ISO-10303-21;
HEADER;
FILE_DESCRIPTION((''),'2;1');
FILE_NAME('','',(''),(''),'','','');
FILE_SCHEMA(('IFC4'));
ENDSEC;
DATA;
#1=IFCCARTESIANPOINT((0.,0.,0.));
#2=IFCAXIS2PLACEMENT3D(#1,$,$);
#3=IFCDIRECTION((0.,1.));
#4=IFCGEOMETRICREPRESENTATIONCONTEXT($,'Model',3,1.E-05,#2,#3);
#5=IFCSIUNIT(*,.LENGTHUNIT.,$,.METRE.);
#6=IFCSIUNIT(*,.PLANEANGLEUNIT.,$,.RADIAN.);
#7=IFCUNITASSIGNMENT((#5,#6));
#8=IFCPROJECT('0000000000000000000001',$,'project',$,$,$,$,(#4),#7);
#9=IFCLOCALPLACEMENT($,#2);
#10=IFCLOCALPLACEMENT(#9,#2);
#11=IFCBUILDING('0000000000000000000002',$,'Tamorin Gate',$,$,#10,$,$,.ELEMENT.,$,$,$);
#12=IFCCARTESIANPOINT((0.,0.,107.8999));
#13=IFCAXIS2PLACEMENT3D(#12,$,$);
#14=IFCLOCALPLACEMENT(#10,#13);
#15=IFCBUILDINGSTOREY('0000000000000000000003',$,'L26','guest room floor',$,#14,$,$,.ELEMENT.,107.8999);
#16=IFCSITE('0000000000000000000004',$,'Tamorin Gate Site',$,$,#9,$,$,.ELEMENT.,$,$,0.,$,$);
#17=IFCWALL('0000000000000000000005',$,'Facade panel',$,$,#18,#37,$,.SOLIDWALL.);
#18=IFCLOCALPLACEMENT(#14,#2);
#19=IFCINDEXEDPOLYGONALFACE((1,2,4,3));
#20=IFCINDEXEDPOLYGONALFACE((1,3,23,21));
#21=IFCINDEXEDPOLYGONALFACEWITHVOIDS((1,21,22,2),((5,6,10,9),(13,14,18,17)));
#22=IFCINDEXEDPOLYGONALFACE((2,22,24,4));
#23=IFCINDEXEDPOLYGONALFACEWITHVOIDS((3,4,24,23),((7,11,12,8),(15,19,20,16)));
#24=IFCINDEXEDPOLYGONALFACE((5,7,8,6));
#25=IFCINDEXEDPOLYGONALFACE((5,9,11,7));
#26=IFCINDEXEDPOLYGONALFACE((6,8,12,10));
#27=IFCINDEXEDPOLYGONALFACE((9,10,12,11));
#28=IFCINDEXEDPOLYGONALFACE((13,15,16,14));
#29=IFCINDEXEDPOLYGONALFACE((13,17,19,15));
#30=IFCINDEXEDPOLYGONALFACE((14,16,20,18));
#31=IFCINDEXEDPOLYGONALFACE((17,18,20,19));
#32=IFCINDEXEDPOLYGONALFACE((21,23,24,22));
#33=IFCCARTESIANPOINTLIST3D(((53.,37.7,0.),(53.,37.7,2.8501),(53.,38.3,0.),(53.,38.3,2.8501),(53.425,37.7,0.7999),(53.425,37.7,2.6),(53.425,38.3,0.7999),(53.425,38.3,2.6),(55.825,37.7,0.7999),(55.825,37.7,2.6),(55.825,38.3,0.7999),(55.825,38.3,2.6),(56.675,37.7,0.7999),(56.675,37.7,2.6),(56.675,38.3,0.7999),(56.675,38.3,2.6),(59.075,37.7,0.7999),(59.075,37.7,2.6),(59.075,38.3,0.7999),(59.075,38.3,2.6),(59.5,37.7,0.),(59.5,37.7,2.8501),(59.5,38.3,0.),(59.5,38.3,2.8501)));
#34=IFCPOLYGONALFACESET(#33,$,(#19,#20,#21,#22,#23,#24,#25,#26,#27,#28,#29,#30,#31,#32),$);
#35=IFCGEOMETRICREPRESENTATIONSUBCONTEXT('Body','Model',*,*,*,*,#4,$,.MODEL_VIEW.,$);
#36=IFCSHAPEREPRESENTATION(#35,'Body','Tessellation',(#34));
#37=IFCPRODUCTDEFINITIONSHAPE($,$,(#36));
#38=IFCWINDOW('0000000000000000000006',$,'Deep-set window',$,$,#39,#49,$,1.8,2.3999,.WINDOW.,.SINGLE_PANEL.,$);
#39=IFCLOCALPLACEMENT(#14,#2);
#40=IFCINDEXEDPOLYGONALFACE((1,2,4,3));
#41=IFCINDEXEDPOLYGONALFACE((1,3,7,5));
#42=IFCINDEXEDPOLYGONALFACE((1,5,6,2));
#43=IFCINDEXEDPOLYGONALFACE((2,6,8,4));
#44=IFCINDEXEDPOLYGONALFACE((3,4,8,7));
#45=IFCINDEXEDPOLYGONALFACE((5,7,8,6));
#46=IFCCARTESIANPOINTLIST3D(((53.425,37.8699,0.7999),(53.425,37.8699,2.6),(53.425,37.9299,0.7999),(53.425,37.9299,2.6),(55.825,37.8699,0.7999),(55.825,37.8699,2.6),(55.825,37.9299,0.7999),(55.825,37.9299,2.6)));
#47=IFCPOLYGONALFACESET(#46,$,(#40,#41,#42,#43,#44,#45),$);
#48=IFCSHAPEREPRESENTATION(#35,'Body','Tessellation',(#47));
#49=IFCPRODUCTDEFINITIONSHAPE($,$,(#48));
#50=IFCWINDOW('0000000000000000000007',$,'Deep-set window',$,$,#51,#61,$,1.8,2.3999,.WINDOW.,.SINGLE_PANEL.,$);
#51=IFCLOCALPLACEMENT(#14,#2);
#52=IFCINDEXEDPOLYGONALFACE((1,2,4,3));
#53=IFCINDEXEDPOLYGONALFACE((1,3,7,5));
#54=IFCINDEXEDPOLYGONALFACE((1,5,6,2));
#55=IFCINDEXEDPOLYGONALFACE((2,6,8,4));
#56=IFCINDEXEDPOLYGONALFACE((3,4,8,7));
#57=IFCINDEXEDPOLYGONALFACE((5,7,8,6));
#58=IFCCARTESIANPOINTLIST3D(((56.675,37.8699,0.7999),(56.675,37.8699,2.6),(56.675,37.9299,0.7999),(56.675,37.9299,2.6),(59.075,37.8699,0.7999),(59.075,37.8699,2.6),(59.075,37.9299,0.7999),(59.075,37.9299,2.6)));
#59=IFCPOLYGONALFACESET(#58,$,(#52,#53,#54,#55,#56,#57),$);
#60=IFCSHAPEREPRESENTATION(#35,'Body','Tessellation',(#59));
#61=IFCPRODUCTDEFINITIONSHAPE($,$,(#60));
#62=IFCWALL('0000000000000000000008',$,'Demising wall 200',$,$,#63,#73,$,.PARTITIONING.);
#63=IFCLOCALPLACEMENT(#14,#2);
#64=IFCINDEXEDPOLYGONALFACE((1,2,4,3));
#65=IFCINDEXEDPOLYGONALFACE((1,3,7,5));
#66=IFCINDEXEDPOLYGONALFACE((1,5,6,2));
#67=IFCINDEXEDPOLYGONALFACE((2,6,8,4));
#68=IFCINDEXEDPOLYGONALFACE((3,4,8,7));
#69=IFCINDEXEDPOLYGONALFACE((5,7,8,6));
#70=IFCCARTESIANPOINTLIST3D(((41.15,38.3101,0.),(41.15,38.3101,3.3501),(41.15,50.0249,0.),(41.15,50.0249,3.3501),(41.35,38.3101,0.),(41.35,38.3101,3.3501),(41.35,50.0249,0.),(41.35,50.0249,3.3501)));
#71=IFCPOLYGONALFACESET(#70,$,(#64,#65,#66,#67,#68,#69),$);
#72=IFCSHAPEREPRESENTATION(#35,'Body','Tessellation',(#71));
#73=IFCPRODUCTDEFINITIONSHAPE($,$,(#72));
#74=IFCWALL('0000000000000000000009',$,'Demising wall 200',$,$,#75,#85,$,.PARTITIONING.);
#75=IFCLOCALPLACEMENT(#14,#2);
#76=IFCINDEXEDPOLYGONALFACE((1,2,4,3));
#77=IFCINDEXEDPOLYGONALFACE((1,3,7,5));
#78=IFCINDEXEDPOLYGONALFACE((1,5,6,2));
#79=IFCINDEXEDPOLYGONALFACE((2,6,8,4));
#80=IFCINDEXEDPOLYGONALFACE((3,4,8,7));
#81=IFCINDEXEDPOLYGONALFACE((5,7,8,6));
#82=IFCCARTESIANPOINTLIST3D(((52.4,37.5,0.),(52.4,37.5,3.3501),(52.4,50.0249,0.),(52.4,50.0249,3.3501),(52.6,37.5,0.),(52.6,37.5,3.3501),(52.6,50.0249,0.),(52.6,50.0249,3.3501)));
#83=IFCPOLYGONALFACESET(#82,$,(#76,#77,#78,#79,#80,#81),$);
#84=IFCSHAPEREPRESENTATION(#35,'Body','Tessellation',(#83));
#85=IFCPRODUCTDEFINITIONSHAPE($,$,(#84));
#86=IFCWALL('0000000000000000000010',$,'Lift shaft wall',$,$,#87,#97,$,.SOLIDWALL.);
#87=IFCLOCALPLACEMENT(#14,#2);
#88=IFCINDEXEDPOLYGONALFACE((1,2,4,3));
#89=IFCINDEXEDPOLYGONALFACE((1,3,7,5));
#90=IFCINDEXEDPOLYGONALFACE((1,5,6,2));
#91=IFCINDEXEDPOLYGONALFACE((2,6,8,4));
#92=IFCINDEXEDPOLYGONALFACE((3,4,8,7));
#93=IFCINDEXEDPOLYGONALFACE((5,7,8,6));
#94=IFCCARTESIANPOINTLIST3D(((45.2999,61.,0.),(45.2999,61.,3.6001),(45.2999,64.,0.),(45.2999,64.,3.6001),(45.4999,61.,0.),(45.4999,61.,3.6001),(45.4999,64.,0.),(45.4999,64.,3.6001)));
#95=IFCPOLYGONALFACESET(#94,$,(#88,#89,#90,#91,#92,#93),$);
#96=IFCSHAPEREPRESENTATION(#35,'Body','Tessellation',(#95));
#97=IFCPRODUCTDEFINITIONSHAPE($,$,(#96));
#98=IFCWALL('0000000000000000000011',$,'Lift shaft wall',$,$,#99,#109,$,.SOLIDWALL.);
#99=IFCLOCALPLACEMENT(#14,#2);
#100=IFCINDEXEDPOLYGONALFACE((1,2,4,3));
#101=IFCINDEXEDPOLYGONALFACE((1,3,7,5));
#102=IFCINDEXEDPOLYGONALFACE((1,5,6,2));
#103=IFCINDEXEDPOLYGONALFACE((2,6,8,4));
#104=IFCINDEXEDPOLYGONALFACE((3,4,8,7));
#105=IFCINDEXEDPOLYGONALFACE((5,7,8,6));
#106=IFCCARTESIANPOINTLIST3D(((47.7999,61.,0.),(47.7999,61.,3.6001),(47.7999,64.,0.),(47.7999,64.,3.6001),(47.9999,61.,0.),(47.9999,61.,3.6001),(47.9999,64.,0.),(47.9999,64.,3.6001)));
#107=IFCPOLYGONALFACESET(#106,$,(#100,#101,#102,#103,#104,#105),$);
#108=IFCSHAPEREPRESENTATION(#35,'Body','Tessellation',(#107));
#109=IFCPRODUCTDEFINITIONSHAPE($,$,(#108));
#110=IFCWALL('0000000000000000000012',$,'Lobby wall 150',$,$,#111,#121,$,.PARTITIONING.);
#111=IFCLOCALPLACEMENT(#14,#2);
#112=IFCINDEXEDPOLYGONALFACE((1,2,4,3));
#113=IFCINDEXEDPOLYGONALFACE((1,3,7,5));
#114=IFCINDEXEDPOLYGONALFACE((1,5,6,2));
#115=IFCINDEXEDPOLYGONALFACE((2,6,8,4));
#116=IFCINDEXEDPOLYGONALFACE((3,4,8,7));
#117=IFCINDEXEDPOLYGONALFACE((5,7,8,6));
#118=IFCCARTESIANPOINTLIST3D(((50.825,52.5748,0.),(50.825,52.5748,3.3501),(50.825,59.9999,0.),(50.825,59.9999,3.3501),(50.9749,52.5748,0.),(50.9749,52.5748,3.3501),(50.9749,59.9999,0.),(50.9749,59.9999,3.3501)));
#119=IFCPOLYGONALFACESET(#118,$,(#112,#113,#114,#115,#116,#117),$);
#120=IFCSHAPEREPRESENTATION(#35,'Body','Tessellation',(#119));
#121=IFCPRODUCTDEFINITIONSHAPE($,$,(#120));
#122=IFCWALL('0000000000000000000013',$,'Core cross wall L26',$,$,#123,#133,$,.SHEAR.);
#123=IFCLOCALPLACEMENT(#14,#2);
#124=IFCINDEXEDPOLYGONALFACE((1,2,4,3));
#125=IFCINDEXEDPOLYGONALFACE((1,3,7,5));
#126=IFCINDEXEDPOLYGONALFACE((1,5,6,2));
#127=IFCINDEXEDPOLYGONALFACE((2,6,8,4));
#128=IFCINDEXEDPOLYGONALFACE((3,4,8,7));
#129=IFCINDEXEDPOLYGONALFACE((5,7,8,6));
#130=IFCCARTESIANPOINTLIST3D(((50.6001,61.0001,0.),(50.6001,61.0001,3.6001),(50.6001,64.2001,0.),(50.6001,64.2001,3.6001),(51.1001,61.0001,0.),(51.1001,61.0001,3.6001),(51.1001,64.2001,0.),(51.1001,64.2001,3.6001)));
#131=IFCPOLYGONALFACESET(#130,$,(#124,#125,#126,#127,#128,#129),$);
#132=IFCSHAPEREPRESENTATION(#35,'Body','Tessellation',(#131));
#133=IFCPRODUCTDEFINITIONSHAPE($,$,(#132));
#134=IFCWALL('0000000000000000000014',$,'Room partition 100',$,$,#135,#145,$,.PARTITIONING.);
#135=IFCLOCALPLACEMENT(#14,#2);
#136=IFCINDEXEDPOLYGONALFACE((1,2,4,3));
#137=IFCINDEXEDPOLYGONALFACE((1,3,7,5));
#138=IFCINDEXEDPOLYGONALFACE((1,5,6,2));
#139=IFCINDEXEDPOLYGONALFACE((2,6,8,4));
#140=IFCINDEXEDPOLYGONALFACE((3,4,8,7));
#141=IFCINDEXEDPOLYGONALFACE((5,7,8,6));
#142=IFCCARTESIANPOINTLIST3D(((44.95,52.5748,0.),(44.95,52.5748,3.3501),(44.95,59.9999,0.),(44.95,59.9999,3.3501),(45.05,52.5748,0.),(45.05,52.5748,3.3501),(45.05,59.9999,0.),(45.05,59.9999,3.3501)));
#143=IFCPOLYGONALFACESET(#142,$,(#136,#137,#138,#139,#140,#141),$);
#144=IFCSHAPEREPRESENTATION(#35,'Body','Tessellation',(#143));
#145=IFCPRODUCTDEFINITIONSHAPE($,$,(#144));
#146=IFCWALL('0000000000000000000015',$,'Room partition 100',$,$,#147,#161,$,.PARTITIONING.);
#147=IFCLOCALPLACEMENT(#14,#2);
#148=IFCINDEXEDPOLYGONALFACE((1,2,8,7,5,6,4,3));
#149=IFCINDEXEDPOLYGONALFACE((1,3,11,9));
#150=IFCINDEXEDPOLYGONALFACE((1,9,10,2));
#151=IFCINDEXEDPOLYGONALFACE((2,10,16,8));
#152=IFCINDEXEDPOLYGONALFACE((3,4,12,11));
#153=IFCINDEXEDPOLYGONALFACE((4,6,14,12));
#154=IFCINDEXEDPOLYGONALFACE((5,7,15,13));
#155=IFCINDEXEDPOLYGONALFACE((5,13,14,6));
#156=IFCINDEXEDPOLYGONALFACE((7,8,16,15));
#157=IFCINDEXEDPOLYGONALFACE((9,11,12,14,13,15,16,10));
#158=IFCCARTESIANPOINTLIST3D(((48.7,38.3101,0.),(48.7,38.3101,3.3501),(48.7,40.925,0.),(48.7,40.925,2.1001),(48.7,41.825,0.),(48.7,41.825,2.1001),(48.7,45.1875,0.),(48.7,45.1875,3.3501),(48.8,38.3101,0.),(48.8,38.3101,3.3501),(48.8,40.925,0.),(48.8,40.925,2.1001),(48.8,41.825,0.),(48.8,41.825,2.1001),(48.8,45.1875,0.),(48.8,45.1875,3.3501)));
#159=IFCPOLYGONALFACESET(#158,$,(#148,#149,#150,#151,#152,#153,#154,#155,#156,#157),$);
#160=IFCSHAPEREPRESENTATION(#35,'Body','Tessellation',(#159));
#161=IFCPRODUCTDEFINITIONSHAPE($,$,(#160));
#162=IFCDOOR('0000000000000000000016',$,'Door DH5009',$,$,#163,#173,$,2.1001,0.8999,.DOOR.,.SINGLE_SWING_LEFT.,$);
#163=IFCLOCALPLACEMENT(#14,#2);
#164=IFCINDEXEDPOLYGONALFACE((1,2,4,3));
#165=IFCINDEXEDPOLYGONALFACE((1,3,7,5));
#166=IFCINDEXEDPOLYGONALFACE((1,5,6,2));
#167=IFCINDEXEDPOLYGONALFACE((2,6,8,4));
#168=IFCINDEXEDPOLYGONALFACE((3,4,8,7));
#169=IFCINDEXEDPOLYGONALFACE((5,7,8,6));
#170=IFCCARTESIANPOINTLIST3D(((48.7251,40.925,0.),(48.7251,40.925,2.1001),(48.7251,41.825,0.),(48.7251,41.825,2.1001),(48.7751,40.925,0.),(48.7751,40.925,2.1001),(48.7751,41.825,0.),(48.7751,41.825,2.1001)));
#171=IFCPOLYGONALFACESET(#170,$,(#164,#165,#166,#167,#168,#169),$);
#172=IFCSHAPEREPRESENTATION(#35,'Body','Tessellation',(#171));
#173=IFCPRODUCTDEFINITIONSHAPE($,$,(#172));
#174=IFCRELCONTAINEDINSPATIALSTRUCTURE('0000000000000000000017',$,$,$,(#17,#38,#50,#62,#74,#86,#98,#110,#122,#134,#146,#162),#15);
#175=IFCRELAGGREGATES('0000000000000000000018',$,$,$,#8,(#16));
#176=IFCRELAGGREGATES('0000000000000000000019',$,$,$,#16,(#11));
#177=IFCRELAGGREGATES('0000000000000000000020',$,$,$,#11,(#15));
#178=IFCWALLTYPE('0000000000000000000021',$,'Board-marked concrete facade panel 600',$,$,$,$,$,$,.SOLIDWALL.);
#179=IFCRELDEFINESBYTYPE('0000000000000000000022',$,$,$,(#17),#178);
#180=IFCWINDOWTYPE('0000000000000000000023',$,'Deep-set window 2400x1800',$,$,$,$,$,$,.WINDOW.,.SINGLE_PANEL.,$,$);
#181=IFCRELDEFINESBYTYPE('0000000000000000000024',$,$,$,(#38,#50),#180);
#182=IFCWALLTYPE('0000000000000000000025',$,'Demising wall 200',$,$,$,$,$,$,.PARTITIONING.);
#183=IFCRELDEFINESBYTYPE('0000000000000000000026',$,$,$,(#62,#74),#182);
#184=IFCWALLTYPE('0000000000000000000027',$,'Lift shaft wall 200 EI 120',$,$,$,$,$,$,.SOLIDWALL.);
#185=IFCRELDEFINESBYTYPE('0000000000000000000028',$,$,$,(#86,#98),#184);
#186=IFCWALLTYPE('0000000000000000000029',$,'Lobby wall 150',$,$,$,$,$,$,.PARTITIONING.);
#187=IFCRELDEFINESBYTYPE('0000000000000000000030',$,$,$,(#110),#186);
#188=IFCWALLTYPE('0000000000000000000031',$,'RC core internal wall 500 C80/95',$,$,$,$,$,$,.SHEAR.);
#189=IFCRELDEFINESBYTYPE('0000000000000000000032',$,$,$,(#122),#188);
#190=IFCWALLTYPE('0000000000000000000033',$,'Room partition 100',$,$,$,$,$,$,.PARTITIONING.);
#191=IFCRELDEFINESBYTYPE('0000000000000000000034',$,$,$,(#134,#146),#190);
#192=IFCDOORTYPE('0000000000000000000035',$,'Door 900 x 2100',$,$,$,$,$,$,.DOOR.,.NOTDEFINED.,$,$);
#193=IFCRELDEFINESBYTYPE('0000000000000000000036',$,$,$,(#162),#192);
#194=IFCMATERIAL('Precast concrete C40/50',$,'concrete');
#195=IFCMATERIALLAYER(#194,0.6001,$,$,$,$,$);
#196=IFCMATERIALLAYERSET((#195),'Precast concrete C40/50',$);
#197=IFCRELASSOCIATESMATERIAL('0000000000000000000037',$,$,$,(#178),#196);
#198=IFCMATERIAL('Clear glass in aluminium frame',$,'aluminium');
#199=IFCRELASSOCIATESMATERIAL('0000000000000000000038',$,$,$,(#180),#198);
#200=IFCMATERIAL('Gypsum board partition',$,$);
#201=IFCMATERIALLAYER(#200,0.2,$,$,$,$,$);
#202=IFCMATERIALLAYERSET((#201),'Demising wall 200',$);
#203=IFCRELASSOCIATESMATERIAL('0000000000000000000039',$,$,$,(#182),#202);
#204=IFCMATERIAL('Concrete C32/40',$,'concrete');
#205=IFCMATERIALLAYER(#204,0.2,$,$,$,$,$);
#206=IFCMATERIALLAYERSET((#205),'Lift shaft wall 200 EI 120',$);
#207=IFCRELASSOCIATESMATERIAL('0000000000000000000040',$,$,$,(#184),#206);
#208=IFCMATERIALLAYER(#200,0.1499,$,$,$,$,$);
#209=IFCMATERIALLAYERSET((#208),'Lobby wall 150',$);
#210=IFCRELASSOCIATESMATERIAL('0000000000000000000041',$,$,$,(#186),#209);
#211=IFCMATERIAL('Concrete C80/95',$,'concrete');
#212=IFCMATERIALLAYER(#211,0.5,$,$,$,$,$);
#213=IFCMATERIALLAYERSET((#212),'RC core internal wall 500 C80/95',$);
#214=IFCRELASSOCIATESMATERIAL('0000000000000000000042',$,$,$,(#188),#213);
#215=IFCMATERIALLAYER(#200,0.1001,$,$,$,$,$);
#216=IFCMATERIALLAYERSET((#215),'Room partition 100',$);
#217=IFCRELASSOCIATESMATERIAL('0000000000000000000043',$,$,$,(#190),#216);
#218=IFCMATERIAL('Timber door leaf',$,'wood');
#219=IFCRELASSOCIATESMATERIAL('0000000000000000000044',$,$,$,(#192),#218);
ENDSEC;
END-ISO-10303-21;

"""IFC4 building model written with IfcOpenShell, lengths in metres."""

from ifc_helpers import new_model, si_unit, direction, frame, frame_2d, origin, place, context, subcontext, project, spatial, rectangle, extrude, material, layer, layer_set, type_object, element, fill, save


model = new_model("IFC4")

# Units and contexts
model_context = context("Model", 3, precision=1e-05, world=origin(), true_north=direction((0.0, 1.0)))
body_context = subcontext(model_context, "Body", "Model", "MODEL_VIEW")
ifc_project = project(units=[si_unit("LENGTHUNIT", "METRE"), si_unit("PLANEANGLEUNIT", "RADIAN")], contexts=[model_context])

# Site, building, storey
site_placement = place(None, origin())
site = spatial("IfcSite", under=ifc_project, at=site_placement, Name="Tamorin Gate Site", CompositionType="ELEMENT", RefElevation=0.0)
building_placement = place(site_placement, origin())
building = spatial("IfcBuilding", under=site, at=building_placement, Name="Tamorin Gate", CompositionType="ELEMENT")
storey_placement = place(building_placement, frame((0.0, 0.0, 107.8999)))
storey = spatial("IfcBuildingStorey", under=building, at=storey_placement, Name="L26", Description="guest room floor", CompositionType="ELEMENT", Elevation=107.8999)

# Shared definitions
ifc_material_1 = material(Name="Concrete C80/95", Category="concrete")

# Wall, openings, windows
ifc_material_2 = material(Name="Precast concrete C40/50", Category="concrete")
ifc_layer_1 = layer(ifc_material_2, 0.6001)
ifc_layer_set_1 = layer_set([ifc_layer_1], Name="Precast concrete C40/50")
wall_type_1 = type_object("IfcWallType", Name="Board-marked concrete facade panel 600", PredefinedType="SOLIDWALL", material=ifc_layer_set_1)
ifc_material_3 = material(Name="Clear glass in aluminium frame", Category="aluminium")
window_type = type_object("IfcWindowType", Name="Deep-set window 2400x1800", PartitioningType="SINGLE_PANEL", PredefinedType="WINDOW", material=ifc_material_3)
wall_1_placement = place(storey_placement, frame((53.0, 38.0, 0.0), z_axis=(0.0, 0.0, 1.0), x_axis=(1.0, 0.0, 0.0)))
wall_1 = element("IfcWall", 1, at=wall_1_placement, inside=storey, type_object=wall_type_1, Name="Facade panel", PredefinedType="SOLIDWALL", context=body_context, shape_type="SweptSolid", body=[
    extrude(rectangle(XDim=6.5, YDim=0.6001, at=frame_2d((3.25, 0.0))), origin(), (0.0, 0.0, 1.0), 2.8501),
])
opening_1_placement = place(wall_1_placement, frame((0.425, 0.0, 0.8)))
opening_1 = element("IfcOpeningElement", 2, at=opening_1_placement, cuts=wall_1, PredefinedType="OPENING", context=body_context, shape_type="SweptSolid", body=[
    extrude(rectangle(XDim=2.3999, YDim=1.8, at=frame_2d((1.2, 0.8999))), frame((0.0, 0.3101, 0.0), z_axis=(0.0, -1.0, 0.0), x_axis=(1.0, 0.0, 0.0)), (0.0, 0.0, 1.0), 0.6201),
])
opening_2_placement = place(wall_1_placement, frame((3.675, 0.0, 0.8)))
opening_2 = element("IfcOpeningElement", 3, at=opening_2_placement, cuts=wall_1, PredefinedType="OPENING", context=body_context, shape_type="SweptSolid", body=[
    extrude(rectangle(XDim=2.3999, YDim=1.8, at=frame_2d((1.2, 0.8999))), frame((0.0, 0.3101, 0.0), z_axis=(0.0, -1.0, 0.0), x_axis=(1.0, 0.0, 0.0)), (0.0, 0.0, 1.0), 0.6201),
])
window_1_placement = place(opening_1_placement, origin())
window_1 = element("IfcWindow", 4, at=window_1_placement, inside=storey, type_object=window_type, Name="Deep-set window", OverallHeight=1.8, OverallWidth=2.3999, PartitioningType="SINGLE_PANEL", PredefinedType="WINDOW", context=body_context, shape_type="SweptSolid", body=[
    extrude(rectangle(XDim=2.3999, YDim=1.8, at=frame_2d((1.2, 0.8999))), frame((0.0, -0.0701, 0.0), z_axis=(0.0, -1.0, 0.0), x_axis=(1.0, 0.0, 0.0)), (0.0, 0.0, 1.0), 0.0601),
])
fill(opening_1, window_1)
window_2_placement = place(opening_2_placement, origin())
window_2 = element("IfcWindow", 5, at=window_2_placement, inside=storey, type_object=window_type, Name="Deep-set window", OverallHeight=1.8, OverallWidth=2.3999, PartitioningType="SINGLE_PANEL", PredefinedType="WINDOW", context=body_context, shape_type="SweptSolid", body=[
    extrude(rectangle(XDim=2.3999, YDim=1.8, at=frame_2d((1.2, 0.8999))), frame((0.0, -0.0701, 0.0), z_axis=(0.0, -1.0, 0.0), x_axis=(1.0, 0.0, 0.0)), (0.0, 0.0, 1.0), 0.0601),
])
fill(opening_2, window_2)

# Walls
ifc_material_4 = material(Name="Gypsum board partition")
ifc_layer_2 = layer(ifc_material_4, 0.2)
ifc_layer_set_2 = layer_set([ifc_layer_2], Name="Demising wall 200")
wall_type_2 = type_object("IfcWallType", Name="Demising wall 200", PredefinedType="PARTITIONING", material=ifc_layer_set_2)
wall_2_placement = place(storey_placement, frame((41.25, 38.3101, 0.0), z_axis=(0.0, 0.0, 1.0), x_axis=(0.0, 1.0, 0.0)))
element("IfcWall", 6, at=wall_2_placement, inside=storey, type_object=wall_type_2, Name="Demising wall 200", PredefinedType="PARTITIONING", context=body_context, shape_type="SweptSolid", body=[
    extrude(rectangle(XDim=11.7148, YDim=0.2, at=frame_2d((5.8574, 0.0))), origin(), (0.0, 0.0, 1.0), 3.3501),
])
wall_3_placement = place(storey_placement, frame((52.5, 37.5, 0.0), z_axis=(0.0, 0.0, 1.0), x_axis=(0.0, 1.0, 0.0)))
element("IfcWall", 7, at=wall_3_placement, inside=storey, type_object=wall_type_2, Name="Demising wall 200", PredefinedType="PARTITIONING", context=body_context, shape_type="SweptSolid", body=[
    extrude(rectangle(XDim=12.5249, YDim=0.2, at=frame_2d((6.2625, 0.0))), origin(), (0.0, 0.0, 1.0), 3.3501),
])
ifc_material_5 = material(Name="Concrete C32/40", Category="concrete")
ifc_layer_3 = layer(ifc_material_5, 0.2)
ifc_layer_set_3 = layer_set([ifc_layer_3], Name="Lift shaft wall 200 EI 120")
wall_type_3 = type_object("IfcWallType", Name="Lift shaft wall 200 EI 120", PredefinedType="SOLIDWALL", material=ifc_layer_set_3)
for number, where, z_axis, x_axis, name in (
    (8, (45.3999, 61.0, 0.0), (0.0, 0.0, 1.0), (0.0, 1.0, 0.0), "Lift shaft wall"),
    (9, (47.8999, 61.0, 0.0), (0.0, 0.0, 1.0), (0.0, 1.0, 0.0), "Lift shaft wall"),
):
    element("IfcWall", number, at=place(storey_placement, frame(where, z_axis=z_axis, x_axis=x_axis)), inside=storey, type_object=wall_type_3, Name=name, PredefinedType="SOLIDWALL", context=body_context, shape_type="SweptSolid", body=[
        extrude(rectangle(XDim=3.0, YDim=0.2, at=frame_2d((1.5, 0.0))), origin(), (0.0, 0.0, 1.0), 3.6001),
    ])
ifc_layer_4 = layer(ifc_material_4, 0.1499)
ifc_layer_set_4 = layer_set([ifc_layer_4], Name="Lobby wall 150")
wall_type_4 = type_object("IfcWallType", Name="Lobby wall 150", PredefinedType="PARTITIONING", material=ifc_layer_set_4)
wall_4_placement = place(storey_placement, frame((50.8999, 52.575, 0.0), z_axis=(0.0, 0.0, 1.0), x_axis=(0.0, 1.0, 0.0)))
element("IfcWall", 10, at=wall_4_placement, inside=storey, type_object=wall_type_4, Name="Lobby wall 150", PredefinedType="PARTITIONING", context=body_context, shape_type="SweptSolid", body=[
    extrude(rectangle(XDim=7.425, YDim=0.1499, at=frame_2d((3.7124, 0.0))), origin(), (0.0, 0.0, 1.0), 3.3501),
])
ifc_layer_5 = layer(ifc_material_1, 0.5)
ifc_layer_set_5 = layer_set([ifc_layer_5], Name="RC core internal wall 500 C80/95")
wall_type_5 = type_object("IfcWallType", Name="RC core internal wall 500 C80/95", PredefinedType="SHEAR", material=ifc_layer_set_5)
wall_5_placement = place(storey_placement, frame((50.8501, 61.0, 0.0), z_axis=(0.0, 0.0, 1.0), x_axis=(0.0, 1.0, 0.0)))
element("IfcWall", 11, at=wall_5_placement, inside=storey, type_object=wall_type_5, Name="Core cross wall L26", PredefinedType="SHEAR", context=body_context, shape_type="SweptSolid", body=[
    extrude(rectangle(XDim=3.2, YDim=0.5, at=frame_2d((1.6001, 0.0))), origin(), (0.0, 0.0, 1.0), 3.6001),
])
ifc_layer_6 = layer(ifc_material_4, 0.1001)
ifc_layer_set_6 = layer_set([ifc_layer_6], Name="Room partition 100")
wall_type_6 = type_object("IfcWallType", Name="Room partition 100", PredefinedType="PARTITIONING", material=ifc_layer_set_6)
wall_6_placement = place(storey_placement, frame((45.0, 52.575, 0.0), z_axis=(0.0, 0.0, 1.0), x_axis=(0.0, 1.0, 0.0)))
element("IfcWall", 12, at=wall_6_placement, inside=storey, type_object=wall_type_6, Name="Room partition 100", PredefinedType="PARTITIONING", context=body_context, shape_type="SweptSolid", body=[
    extrude(rectangle(XDim=7.425, YDim=0.1001, at=frame_2d((3.7124, 0.0))), origin(), (0.0, 0.0, 1.0), 3.3501),
])

# Wall, opening, door
wall_7_placement = place(storey_placement, frame((48.75, 38.3101, 0.0), z_axis=(0.0, 0.0, 1.0), x_axis=(0.0, 1.0, 0.0)))
wall_7 = element("IfcWall", 13, at=wall_7_placement, inside=storey, type_object=wall_type_6, Name="Room partition 100", PredefinedType="PARTITIONING", context=body_context, shape_type="SweptSolid", body=[
    extrude(rectangle(XDim=6.8774, YDim=0.1001, at=frame_2d((3.4387, 0.0))), origin(), (0.0, 0.0, 1.0), 3.3501),
])
opening_3_placement = place(wall_7_placement, frame((2.615, 0.0, 0.0)))
opening_3 = element("IfcOpeningElement", 14, at=opening_3_placement, cuts=wall_7, PredefinedType="OPENING", context=body_context, shape_type="SweptSolid", body=[
    extrude(rectangle(XDim=0.8999, YDim=2.1001, at=frame_2d((0.45, 1.05))), frame((0.0, 0.0601, 0.0), z_axis=(0.0, -1.0, 0.0), x_axis=(1.0, 0.0, 0.0)), (0.0, 0.0, 1.0), 0.1201),
])
ifc_material_6 = material(Name="Timber door leaf", Category="wood")
door_type_1 = type_object("IfcDoorType", Name="Door 900 x 2100", OperationType="NOTDEFINED", PredefinedType="DOOR", material=ifc_material_6)
door_1_placement = place(opening_3_placement, origin())
door_1 = element("IfcDoor", 15, at=door_1_placement, inside=storey, type_object=door_type_1, Name="Door DH5009", OperationType="SINGLE_SWING_LEFT", OverallHeight=2.1001, OverallWidth=0.8999, PredefinedType="DOOR", context=body_context, shape_type="SweptSolid", body=[
    extrude(rectangle(XDim=0.8999, YDim=2.1001, at=frame_2d((0.45, 1.05))), frame((0.0, 0.0249, 0.0), z_axis=(0.0, -1.0, 0.0), x_axis=(1.0, 0.0, 0.0)), (0.0, 0.0, 1.0), 0.05),
])
fill(opening_3, door_1)

save(model, "model.ifc")
